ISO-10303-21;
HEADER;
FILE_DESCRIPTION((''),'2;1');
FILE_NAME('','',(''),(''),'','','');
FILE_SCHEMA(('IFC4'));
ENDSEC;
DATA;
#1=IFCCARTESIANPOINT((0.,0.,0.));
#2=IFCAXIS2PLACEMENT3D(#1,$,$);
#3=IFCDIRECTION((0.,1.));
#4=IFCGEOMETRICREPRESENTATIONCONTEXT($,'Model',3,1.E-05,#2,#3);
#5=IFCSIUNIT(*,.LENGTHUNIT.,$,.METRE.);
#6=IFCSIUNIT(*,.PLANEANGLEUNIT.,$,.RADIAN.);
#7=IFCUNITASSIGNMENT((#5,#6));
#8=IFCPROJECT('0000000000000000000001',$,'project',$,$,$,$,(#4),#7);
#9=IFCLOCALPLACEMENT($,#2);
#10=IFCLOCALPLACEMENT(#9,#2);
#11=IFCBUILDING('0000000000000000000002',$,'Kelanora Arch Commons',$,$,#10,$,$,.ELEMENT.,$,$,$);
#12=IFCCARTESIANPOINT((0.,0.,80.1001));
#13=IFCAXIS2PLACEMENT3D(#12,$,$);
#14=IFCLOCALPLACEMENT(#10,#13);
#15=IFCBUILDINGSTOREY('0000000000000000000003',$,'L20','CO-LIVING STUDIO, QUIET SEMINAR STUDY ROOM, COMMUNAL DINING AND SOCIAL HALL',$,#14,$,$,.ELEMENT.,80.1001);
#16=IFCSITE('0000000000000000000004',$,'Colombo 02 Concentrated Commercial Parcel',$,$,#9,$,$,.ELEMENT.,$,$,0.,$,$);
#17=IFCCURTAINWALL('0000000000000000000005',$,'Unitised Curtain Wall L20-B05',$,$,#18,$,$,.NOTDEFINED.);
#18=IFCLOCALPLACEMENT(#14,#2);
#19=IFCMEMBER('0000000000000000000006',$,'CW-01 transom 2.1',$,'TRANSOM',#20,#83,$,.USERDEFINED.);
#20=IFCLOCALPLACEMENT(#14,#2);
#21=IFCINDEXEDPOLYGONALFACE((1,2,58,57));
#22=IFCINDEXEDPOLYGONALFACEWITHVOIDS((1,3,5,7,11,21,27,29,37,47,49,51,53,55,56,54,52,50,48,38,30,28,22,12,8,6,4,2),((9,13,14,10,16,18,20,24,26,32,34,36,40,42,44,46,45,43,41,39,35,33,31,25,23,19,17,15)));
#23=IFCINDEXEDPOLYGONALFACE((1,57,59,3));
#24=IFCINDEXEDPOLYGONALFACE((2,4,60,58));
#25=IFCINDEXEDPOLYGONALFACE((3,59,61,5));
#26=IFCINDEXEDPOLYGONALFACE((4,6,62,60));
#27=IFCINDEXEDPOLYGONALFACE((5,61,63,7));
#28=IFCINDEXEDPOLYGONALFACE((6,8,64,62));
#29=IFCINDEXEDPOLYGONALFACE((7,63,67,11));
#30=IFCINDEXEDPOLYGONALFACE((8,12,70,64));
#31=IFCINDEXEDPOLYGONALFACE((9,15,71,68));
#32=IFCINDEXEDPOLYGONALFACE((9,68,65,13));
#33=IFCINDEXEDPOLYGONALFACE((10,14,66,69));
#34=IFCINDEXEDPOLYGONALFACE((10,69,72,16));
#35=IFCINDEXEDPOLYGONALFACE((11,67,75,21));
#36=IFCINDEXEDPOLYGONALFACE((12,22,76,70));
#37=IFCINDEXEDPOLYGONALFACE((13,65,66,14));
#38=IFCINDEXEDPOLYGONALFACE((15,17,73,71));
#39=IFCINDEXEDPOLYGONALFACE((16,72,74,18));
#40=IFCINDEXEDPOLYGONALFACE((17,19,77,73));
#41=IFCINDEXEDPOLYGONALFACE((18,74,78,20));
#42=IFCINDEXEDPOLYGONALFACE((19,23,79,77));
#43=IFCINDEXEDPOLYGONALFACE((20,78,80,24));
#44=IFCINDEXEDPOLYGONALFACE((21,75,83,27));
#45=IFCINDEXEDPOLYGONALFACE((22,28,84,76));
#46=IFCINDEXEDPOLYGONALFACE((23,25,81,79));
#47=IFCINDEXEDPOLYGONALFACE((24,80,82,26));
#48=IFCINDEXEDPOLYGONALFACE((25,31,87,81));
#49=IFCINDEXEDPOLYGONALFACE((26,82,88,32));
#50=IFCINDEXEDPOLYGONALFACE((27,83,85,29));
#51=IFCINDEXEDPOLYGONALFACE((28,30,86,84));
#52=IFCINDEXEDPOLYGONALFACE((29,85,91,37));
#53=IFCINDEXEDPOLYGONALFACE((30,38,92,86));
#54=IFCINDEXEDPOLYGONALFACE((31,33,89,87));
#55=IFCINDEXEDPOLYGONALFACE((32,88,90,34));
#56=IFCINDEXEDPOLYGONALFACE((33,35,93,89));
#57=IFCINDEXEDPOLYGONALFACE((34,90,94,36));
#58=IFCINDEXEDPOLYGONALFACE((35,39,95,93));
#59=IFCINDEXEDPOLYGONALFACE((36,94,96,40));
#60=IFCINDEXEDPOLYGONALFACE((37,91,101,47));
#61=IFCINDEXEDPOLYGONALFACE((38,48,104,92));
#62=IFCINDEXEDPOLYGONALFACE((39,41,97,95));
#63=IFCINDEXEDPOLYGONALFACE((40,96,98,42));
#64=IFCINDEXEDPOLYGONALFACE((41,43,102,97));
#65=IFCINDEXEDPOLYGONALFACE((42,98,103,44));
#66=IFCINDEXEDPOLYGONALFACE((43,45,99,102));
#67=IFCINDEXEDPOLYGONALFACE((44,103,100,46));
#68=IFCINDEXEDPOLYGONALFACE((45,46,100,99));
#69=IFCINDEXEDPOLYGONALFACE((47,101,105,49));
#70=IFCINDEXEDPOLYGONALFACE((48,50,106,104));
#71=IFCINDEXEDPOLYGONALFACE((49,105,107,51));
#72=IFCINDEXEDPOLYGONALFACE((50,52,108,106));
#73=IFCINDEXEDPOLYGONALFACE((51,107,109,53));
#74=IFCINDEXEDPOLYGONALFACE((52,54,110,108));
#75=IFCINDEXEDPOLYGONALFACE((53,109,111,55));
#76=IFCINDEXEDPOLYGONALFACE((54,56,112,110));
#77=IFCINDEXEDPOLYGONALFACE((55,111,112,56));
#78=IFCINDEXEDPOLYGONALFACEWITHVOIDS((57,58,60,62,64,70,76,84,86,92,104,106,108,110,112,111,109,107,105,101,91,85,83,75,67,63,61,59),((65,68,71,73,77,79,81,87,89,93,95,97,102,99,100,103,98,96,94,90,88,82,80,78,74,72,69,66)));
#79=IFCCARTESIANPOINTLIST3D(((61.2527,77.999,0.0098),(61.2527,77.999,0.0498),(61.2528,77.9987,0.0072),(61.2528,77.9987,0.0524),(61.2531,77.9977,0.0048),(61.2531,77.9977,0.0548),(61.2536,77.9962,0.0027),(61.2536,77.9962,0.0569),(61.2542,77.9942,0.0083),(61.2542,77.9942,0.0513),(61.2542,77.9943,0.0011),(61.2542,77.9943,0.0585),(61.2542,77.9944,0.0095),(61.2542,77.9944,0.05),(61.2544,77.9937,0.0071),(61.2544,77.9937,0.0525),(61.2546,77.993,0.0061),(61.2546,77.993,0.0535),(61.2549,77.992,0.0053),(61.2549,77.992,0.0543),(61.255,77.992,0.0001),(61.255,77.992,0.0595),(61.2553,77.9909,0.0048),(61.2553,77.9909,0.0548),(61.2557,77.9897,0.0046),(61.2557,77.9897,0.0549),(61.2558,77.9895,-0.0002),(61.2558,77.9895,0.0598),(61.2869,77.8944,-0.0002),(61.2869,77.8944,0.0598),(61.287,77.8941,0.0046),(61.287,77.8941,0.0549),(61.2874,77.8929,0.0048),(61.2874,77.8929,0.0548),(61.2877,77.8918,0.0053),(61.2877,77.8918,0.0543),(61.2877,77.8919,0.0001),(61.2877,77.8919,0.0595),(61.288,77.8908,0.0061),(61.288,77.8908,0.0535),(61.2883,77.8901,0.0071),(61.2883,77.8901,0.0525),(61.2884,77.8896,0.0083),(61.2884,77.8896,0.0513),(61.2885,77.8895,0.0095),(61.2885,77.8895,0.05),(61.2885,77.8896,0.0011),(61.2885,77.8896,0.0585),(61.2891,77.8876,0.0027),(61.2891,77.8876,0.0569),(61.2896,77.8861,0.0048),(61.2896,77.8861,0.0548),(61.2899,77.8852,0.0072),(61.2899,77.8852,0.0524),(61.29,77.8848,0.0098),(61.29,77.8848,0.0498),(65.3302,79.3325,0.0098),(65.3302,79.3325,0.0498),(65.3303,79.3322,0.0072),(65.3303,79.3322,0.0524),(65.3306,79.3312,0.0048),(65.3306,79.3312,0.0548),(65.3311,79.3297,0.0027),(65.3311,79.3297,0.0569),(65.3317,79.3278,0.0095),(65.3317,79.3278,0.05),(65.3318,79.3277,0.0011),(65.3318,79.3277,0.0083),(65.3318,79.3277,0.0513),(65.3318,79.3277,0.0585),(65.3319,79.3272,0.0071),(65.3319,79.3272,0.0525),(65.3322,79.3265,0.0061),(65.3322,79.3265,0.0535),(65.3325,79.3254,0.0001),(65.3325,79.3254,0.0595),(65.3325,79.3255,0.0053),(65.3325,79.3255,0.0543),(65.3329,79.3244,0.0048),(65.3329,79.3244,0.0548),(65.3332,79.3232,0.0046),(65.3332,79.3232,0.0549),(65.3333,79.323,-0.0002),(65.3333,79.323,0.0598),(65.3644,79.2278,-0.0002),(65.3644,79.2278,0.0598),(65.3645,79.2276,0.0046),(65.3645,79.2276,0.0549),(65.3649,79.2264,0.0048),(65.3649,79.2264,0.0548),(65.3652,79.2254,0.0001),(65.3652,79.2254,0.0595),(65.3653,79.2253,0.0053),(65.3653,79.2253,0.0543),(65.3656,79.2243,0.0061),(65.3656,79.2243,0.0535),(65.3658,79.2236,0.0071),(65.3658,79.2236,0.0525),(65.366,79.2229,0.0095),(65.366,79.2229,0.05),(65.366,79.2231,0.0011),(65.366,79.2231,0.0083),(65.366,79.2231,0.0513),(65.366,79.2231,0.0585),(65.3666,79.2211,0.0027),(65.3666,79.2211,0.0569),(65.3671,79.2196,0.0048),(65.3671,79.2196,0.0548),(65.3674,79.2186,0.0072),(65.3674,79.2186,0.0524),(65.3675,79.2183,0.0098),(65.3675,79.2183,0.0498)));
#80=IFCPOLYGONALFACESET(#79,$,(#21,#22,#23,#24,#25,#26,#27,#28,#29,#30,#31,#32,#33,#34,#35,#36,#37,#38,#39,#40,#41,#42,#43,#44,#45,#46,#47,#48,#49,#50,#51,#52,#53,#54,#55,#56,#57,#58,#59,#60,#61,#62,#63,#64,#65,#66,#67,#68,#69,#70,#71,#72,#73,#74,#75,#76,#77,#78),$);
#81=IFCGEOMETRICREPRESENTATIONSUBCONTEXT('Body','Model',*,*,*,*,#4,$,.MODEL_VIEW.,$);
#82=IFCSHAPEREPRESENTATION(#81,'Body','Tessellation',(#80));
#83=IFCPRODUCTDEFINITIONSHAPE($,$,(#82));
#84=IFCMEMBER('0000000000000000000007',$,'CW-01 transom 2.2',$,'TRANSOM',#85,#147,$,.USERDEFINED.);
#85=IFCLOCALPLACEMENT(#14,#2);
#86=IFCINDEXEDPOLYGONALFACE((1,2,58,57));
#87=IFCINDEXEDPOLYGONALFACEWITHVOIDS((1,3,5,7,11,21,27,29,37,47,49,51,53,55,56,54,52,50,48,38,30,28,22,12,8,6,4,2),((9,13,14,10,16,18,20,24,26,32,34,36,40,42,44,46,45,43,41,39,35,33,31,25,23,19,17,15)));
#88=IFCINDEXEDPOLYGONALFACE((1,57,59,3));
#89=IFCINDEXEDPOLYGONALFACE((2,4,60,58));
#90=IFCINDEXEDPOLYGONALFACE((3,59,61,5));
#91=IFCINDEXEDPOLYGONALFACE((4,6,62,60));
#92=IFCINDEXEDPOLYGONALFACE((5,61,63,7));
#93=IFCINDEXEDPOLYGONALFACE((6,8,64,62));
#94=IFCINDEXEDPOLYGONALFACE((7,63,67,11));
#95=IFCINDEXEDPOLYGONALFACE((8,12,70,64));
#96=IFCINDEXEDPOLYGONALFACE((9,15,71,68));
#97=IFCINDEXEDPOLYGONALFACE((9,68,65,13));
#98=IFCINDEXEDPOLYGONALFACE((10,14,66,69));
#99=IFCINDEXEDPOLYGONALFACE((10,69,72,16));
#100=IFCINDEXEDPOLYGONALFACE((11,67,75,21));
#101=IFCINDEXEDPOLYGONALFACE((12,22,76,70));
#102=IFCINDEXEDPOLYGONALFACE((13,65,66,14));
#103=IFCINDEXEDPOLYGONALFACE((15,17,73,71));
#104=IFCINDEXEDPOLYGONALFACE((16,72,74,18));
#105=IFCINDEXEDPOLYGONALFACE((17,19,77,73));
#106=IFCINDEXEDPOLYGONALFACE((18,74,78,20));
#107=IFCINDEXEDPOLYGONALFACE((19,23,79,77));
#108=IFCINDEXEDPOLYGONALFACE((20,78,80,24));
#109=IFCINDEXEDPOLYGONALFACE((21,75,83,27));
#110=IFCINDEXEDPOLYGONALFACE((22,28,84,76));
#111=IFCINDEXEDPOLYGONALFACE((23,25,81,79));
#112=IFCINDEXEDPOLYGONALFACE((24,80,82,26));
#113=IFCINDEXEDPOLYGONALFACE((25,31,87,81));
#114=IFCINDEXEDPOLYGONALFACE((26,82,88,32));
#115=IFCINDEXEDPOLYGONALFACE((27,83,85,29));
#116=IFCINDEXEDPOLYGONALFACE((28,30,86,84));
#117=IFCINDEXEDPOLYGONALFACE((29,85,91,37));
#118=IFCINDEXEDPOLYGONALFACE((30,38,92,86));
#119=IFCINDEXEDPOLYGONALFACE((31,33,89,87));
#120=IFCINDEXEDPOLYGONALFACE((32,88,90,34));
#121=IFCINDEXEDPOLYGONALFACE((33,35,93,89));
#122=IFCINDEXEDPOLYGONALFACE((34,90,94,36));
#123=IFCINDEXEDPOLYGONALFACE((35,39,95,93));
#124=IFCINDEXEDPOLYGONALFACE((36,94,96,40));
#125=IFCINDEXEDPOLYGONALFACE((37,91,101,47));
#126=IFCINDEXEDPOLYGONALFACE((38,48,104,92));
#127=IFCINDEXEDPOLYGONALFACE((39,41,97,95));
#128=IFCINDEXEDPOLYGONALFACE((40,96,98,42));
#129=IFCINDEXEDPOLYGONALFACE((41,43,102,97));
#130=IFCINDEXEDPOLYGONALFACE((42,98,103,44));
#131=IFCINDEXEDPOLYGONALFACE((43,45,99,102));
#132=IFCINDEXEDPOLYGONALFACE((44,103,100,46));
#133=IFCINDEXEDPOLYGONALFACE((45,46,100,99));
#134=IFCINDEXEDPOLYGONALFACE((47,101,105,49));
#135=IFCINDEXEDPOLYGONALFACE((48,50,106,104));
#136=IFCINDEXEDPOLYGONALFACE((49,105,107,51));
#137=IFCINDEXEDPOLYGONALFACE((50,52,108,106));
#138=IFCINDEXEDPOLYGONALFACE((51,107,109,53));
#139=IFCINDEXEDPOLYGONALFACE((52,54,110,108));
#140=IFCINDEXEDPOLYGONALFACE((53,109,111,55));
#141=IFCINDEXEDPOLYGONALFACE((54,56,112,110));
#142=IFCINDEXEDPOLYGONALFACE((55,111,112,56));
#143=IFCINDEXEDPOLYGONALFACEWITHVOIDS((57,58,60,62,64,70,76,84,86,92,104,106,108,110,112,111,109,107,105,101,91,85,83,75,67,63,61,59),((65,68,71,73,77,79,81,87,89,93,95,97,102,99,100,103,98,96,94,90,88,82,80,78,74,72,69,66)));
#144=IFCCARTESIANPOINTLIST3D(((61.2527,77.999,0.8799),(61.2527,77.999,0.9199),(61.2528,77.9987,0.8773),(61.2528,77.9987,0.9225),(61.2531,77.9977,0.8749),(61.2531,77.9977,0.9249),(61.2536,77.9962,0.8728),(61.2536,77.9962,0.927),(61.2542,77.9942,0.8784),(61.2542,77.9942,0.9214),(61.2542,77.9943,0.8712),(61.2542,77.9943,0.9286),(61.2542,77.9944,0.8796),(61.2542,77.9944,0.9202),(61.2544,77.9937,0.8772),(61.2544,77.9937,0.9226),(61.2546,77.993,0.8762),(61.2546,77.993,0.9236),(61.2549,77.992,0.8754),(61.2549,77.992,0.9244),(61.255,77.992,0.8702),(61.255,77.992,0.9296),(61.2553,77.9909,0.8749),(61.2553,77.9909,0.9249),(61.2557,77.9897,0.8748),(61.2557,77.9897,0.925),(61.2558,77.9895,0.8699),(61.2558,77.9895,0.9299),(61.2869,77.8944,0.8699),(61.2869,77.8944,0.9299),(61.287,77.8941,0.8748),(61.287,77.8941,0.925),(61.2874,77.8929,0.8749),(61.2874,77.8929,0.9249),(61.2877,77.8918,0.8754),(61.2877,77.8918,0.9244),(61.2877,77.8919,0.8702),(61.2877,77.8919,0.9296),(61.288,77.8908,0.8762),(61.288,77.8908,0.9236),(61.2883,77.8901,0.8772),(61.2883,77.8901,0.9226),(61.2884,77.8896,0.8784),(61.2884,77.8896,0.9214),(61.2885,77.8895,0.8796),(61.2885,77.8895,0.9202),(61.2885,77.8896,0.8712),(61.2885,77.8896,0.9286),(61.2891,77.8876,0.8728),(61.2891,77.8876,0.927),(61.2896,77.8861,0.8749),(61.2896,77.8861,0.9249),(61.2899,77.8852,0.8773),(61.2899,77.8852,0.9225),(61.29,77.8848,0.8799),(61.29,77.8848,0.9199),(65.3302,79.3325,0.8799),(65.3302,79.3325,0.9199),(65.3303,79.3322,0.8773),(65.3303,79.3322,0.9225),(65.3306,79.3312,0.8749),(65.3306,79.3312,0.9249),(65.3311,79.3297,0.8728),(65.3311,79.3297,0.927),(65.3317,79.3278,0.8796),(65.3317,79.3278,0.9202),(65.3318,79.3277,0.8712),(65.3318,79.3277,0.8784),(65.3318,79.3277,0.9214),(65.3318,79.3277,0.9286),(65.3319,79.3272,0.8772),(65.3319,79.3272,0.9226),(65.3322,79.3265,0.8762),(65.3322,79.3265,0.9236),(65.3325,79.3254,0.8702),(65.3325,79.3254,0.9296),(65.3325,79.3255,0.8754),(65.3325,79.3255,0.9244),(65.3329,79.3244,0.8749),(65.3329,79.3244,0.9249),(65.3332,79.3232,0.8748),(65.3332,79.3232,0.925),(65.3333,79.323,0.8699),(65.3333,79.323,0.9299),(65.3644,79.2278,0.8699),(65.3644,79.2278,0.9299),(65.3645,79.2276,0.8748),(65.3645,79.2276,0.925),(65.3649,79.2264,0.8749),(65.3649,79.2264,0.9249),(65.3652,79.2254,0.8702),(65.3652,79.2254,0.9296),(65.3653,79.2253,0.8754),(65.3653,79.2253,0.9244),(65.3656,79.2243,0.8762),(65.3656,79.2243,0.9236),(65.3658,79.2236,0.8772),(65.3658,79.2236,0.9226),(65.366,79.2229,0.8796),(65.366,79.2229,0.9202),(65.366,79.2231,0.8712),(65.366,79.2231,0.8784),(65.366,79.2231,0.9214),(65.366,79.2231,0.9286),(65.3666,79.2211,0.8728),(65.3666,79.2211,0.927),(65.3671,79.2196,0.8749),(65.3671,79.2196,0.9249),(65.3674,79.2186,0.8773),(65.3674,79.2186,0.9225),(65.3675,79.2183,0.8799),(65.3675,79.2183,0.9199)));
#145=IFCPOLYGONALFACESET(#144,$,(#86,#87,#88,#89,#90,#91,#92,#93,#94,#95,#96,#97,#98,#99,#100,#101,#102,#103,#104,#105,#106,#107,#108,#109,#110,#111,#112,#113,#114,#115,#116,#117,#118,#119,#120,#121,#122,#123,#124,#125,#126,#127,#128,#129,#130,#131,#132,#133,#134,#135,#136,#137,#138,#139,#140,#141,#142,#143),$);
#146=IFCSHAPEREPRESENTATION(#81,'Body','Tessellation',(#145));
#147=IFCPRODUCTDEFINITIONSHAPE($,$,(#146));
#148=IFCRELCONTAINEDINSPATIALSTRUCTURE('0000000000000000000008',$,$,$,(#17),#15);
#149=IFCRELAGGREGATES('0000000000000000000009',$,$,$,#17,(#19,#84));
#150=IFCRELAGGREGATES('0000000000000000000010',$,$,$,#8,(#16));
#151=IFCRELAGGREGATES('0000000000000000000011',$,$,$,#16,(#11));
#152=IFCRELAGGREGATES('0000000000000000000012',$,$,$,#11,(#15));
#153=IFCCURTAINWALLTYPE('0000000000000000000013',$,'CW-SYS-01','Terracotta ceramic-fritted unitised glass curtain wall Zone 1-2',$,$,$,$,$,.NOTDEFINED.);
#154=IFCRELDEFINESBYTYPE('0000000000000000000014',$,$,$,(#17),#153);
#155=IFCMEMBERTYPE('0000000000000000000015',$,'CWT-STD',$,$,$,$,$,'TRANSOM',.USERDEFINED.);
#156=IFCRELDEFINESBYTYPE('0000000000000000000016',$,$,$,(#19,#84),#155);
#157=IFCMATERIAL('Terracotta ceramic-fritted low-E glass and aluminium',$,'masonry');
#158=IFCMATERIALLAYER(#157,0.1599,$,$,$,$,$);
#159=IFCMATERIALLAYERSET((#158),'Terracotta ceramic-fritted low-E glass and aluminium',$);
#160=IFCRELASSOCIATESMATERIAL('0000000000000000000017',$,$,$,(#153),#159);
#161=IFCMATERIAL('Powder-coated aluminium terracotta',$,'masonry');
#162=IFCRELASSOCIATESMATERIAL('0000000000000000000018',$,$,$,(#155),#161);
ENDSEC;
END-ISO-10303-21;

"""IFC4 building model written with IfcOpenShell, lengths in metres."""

from ifc_helpers import new_model, si_unit, direction, frame, origin, origin_2d, place, context, subcontext, project, spatial, hollow_rectangle, extrude, material, layer, layer_set, material_profile, profile_set, type_object, element, aggregate, save


model = new_model("IFC4")

# Units and contexts
model_context = context("Model", 3, precision=1e-05, world=origin(), true_north=direction((0.0, 1.0)))
body_context = subcontext(model_context, "Body", "Model", "MODEL_VIEW")
ifc_project = project(units=[si_unit("LENGTHUNIT", "METRE"), si_unit("PLANEANGLEUNIT", "RADIAN")], contexts=[model_context])

# Site, building, storey
site_placement = place(None, origin())
site = spatial("IfcSite", under=ifc_project, at=site_placement, Name="Colombo 02 Concentrated Commercial Parcel", CompositionType="ELEMENT", RefElevation=0.0)
building_placement = place(site_placement, origin())
building = spatial("IfcBuilding", under=site, at=building_placement, Name="Kelanora Arch Commons", CompositionType="ELEMENT")
storey_placement = place(building_placement, frame((0.0, 0.0, 80.1001)))
storey = spatial("IfcBuildingStorey", under=building, at=storey_placement, Name="L20", Description="CO-LIVING STUDIO, QUIET SEMINAR STUDY ROOM, COMMUNAL DINING AND SOCIAL HALL", CompositionType="ELEMENT", Elevation=80.1001)

# Curtain wall, members
ifc_material_1 = material(Name="Terracotta ceramic-fritted low-E glass and aluminium", Category="masonry")
ifc_layer_1 = layer(ifc_material_1, 0.1599)
ifc_layer_set_1 = layer_set([ifc_layer_1], Name="Terracotta ceramic-fritted low-E glass and aluminium")
curtain_wall_type = type_object("IfcCurtainWallType", Name="CW-SYS-01", Description="Terracotta ceramic-fritted unitised glass curtain wall Zone 1-2", PredefinedType="NOTDEFINED", material=ifc_layer_set_1)
curtain_wall_placement = place(storey_placement, origin())
curtain_wall = element("IfcCurtainWall", 1, at=curtain_wall_placement, inside=storey, type_object=curtain_wall_type, Name="Unitised Curtain Wall L20-B05", PredefinedType="NOTDEFINED")
ifc_material_2 = material(Name="Powder-coated aluminium terracotta", Category="masonry")
ifc_material_profile_1 = material_profile(ifc_material_2, hollow_rectangle(XDim=0.1201, YDim=0.0601, WallThickness=0.0049, InnerFilletRadius=0.0049, OuterFilletRadius=0.01, at=origin_2d()), Name="CWT120x60")
ifc_profile_set_1 = profile_set([ifc_material_profile_1], Name="Powder-coated aluminium terracotta")
member_type_1 = type_object("IfcMemberType", Name="CWT-STD", ElementType="TRANSOM", PredefinedType="USERDEFINED", material=ifc_profile_set_1)
member_1_placement = place(storey_placement, frame((65.3489, 79.2754, 0.0298), z_axis=(-0.950466, -0.310828, 0.0), x_axis=(0.310828, -0.950466, 0.0)))
member_1 = element("IfcMember", 2, at=member_1_placement, type_object=member_type_1, Name="CW-01 transom 2.1", ObjectType="TRANSOM", PredefinedType="USERDEFINED", context=body_context, shape_type="SweptSolid", body=[
    extrude(hollow_rectangle(XDim=0.1201, YDim=0.0601, WallThickness=0.0049, InnerFilletRadius=0.0049, OuterFilletRadius=0.01, at=origin_2d()), origin(), (0.0, 0.0, 1.0), 4.29),
])
member_2_placement = place(storey_placement, frame((65.3489, 79.2754, 0.8999), z_axis=(-0.950466, -0.310828, 0.0), x_axis=(0.310828, -0.950466, 0.0)))
member_2 = element("IfcMember", 3, at=member_2_placement, type_object=member_type_1, Name="CW-01 transom 2.2", ObjectType="TRANSOM", PredefinedType="USERDEFINED", context=body_context, shape_type="SweptSolid", body=[
    extrude(hollow_rectangle(XDim=0.1201, YDim=0.0601, WallThickness=0.0049, InnerFilletRadius=0.0049, OuterFilletRadius=0.01, at=origin_2d()), origin(), (0.0, 0.0, 1.0), 4.29),
])
aggregate(curtain_wall, [member_1, member_2])

save(model, "model.ifc")
